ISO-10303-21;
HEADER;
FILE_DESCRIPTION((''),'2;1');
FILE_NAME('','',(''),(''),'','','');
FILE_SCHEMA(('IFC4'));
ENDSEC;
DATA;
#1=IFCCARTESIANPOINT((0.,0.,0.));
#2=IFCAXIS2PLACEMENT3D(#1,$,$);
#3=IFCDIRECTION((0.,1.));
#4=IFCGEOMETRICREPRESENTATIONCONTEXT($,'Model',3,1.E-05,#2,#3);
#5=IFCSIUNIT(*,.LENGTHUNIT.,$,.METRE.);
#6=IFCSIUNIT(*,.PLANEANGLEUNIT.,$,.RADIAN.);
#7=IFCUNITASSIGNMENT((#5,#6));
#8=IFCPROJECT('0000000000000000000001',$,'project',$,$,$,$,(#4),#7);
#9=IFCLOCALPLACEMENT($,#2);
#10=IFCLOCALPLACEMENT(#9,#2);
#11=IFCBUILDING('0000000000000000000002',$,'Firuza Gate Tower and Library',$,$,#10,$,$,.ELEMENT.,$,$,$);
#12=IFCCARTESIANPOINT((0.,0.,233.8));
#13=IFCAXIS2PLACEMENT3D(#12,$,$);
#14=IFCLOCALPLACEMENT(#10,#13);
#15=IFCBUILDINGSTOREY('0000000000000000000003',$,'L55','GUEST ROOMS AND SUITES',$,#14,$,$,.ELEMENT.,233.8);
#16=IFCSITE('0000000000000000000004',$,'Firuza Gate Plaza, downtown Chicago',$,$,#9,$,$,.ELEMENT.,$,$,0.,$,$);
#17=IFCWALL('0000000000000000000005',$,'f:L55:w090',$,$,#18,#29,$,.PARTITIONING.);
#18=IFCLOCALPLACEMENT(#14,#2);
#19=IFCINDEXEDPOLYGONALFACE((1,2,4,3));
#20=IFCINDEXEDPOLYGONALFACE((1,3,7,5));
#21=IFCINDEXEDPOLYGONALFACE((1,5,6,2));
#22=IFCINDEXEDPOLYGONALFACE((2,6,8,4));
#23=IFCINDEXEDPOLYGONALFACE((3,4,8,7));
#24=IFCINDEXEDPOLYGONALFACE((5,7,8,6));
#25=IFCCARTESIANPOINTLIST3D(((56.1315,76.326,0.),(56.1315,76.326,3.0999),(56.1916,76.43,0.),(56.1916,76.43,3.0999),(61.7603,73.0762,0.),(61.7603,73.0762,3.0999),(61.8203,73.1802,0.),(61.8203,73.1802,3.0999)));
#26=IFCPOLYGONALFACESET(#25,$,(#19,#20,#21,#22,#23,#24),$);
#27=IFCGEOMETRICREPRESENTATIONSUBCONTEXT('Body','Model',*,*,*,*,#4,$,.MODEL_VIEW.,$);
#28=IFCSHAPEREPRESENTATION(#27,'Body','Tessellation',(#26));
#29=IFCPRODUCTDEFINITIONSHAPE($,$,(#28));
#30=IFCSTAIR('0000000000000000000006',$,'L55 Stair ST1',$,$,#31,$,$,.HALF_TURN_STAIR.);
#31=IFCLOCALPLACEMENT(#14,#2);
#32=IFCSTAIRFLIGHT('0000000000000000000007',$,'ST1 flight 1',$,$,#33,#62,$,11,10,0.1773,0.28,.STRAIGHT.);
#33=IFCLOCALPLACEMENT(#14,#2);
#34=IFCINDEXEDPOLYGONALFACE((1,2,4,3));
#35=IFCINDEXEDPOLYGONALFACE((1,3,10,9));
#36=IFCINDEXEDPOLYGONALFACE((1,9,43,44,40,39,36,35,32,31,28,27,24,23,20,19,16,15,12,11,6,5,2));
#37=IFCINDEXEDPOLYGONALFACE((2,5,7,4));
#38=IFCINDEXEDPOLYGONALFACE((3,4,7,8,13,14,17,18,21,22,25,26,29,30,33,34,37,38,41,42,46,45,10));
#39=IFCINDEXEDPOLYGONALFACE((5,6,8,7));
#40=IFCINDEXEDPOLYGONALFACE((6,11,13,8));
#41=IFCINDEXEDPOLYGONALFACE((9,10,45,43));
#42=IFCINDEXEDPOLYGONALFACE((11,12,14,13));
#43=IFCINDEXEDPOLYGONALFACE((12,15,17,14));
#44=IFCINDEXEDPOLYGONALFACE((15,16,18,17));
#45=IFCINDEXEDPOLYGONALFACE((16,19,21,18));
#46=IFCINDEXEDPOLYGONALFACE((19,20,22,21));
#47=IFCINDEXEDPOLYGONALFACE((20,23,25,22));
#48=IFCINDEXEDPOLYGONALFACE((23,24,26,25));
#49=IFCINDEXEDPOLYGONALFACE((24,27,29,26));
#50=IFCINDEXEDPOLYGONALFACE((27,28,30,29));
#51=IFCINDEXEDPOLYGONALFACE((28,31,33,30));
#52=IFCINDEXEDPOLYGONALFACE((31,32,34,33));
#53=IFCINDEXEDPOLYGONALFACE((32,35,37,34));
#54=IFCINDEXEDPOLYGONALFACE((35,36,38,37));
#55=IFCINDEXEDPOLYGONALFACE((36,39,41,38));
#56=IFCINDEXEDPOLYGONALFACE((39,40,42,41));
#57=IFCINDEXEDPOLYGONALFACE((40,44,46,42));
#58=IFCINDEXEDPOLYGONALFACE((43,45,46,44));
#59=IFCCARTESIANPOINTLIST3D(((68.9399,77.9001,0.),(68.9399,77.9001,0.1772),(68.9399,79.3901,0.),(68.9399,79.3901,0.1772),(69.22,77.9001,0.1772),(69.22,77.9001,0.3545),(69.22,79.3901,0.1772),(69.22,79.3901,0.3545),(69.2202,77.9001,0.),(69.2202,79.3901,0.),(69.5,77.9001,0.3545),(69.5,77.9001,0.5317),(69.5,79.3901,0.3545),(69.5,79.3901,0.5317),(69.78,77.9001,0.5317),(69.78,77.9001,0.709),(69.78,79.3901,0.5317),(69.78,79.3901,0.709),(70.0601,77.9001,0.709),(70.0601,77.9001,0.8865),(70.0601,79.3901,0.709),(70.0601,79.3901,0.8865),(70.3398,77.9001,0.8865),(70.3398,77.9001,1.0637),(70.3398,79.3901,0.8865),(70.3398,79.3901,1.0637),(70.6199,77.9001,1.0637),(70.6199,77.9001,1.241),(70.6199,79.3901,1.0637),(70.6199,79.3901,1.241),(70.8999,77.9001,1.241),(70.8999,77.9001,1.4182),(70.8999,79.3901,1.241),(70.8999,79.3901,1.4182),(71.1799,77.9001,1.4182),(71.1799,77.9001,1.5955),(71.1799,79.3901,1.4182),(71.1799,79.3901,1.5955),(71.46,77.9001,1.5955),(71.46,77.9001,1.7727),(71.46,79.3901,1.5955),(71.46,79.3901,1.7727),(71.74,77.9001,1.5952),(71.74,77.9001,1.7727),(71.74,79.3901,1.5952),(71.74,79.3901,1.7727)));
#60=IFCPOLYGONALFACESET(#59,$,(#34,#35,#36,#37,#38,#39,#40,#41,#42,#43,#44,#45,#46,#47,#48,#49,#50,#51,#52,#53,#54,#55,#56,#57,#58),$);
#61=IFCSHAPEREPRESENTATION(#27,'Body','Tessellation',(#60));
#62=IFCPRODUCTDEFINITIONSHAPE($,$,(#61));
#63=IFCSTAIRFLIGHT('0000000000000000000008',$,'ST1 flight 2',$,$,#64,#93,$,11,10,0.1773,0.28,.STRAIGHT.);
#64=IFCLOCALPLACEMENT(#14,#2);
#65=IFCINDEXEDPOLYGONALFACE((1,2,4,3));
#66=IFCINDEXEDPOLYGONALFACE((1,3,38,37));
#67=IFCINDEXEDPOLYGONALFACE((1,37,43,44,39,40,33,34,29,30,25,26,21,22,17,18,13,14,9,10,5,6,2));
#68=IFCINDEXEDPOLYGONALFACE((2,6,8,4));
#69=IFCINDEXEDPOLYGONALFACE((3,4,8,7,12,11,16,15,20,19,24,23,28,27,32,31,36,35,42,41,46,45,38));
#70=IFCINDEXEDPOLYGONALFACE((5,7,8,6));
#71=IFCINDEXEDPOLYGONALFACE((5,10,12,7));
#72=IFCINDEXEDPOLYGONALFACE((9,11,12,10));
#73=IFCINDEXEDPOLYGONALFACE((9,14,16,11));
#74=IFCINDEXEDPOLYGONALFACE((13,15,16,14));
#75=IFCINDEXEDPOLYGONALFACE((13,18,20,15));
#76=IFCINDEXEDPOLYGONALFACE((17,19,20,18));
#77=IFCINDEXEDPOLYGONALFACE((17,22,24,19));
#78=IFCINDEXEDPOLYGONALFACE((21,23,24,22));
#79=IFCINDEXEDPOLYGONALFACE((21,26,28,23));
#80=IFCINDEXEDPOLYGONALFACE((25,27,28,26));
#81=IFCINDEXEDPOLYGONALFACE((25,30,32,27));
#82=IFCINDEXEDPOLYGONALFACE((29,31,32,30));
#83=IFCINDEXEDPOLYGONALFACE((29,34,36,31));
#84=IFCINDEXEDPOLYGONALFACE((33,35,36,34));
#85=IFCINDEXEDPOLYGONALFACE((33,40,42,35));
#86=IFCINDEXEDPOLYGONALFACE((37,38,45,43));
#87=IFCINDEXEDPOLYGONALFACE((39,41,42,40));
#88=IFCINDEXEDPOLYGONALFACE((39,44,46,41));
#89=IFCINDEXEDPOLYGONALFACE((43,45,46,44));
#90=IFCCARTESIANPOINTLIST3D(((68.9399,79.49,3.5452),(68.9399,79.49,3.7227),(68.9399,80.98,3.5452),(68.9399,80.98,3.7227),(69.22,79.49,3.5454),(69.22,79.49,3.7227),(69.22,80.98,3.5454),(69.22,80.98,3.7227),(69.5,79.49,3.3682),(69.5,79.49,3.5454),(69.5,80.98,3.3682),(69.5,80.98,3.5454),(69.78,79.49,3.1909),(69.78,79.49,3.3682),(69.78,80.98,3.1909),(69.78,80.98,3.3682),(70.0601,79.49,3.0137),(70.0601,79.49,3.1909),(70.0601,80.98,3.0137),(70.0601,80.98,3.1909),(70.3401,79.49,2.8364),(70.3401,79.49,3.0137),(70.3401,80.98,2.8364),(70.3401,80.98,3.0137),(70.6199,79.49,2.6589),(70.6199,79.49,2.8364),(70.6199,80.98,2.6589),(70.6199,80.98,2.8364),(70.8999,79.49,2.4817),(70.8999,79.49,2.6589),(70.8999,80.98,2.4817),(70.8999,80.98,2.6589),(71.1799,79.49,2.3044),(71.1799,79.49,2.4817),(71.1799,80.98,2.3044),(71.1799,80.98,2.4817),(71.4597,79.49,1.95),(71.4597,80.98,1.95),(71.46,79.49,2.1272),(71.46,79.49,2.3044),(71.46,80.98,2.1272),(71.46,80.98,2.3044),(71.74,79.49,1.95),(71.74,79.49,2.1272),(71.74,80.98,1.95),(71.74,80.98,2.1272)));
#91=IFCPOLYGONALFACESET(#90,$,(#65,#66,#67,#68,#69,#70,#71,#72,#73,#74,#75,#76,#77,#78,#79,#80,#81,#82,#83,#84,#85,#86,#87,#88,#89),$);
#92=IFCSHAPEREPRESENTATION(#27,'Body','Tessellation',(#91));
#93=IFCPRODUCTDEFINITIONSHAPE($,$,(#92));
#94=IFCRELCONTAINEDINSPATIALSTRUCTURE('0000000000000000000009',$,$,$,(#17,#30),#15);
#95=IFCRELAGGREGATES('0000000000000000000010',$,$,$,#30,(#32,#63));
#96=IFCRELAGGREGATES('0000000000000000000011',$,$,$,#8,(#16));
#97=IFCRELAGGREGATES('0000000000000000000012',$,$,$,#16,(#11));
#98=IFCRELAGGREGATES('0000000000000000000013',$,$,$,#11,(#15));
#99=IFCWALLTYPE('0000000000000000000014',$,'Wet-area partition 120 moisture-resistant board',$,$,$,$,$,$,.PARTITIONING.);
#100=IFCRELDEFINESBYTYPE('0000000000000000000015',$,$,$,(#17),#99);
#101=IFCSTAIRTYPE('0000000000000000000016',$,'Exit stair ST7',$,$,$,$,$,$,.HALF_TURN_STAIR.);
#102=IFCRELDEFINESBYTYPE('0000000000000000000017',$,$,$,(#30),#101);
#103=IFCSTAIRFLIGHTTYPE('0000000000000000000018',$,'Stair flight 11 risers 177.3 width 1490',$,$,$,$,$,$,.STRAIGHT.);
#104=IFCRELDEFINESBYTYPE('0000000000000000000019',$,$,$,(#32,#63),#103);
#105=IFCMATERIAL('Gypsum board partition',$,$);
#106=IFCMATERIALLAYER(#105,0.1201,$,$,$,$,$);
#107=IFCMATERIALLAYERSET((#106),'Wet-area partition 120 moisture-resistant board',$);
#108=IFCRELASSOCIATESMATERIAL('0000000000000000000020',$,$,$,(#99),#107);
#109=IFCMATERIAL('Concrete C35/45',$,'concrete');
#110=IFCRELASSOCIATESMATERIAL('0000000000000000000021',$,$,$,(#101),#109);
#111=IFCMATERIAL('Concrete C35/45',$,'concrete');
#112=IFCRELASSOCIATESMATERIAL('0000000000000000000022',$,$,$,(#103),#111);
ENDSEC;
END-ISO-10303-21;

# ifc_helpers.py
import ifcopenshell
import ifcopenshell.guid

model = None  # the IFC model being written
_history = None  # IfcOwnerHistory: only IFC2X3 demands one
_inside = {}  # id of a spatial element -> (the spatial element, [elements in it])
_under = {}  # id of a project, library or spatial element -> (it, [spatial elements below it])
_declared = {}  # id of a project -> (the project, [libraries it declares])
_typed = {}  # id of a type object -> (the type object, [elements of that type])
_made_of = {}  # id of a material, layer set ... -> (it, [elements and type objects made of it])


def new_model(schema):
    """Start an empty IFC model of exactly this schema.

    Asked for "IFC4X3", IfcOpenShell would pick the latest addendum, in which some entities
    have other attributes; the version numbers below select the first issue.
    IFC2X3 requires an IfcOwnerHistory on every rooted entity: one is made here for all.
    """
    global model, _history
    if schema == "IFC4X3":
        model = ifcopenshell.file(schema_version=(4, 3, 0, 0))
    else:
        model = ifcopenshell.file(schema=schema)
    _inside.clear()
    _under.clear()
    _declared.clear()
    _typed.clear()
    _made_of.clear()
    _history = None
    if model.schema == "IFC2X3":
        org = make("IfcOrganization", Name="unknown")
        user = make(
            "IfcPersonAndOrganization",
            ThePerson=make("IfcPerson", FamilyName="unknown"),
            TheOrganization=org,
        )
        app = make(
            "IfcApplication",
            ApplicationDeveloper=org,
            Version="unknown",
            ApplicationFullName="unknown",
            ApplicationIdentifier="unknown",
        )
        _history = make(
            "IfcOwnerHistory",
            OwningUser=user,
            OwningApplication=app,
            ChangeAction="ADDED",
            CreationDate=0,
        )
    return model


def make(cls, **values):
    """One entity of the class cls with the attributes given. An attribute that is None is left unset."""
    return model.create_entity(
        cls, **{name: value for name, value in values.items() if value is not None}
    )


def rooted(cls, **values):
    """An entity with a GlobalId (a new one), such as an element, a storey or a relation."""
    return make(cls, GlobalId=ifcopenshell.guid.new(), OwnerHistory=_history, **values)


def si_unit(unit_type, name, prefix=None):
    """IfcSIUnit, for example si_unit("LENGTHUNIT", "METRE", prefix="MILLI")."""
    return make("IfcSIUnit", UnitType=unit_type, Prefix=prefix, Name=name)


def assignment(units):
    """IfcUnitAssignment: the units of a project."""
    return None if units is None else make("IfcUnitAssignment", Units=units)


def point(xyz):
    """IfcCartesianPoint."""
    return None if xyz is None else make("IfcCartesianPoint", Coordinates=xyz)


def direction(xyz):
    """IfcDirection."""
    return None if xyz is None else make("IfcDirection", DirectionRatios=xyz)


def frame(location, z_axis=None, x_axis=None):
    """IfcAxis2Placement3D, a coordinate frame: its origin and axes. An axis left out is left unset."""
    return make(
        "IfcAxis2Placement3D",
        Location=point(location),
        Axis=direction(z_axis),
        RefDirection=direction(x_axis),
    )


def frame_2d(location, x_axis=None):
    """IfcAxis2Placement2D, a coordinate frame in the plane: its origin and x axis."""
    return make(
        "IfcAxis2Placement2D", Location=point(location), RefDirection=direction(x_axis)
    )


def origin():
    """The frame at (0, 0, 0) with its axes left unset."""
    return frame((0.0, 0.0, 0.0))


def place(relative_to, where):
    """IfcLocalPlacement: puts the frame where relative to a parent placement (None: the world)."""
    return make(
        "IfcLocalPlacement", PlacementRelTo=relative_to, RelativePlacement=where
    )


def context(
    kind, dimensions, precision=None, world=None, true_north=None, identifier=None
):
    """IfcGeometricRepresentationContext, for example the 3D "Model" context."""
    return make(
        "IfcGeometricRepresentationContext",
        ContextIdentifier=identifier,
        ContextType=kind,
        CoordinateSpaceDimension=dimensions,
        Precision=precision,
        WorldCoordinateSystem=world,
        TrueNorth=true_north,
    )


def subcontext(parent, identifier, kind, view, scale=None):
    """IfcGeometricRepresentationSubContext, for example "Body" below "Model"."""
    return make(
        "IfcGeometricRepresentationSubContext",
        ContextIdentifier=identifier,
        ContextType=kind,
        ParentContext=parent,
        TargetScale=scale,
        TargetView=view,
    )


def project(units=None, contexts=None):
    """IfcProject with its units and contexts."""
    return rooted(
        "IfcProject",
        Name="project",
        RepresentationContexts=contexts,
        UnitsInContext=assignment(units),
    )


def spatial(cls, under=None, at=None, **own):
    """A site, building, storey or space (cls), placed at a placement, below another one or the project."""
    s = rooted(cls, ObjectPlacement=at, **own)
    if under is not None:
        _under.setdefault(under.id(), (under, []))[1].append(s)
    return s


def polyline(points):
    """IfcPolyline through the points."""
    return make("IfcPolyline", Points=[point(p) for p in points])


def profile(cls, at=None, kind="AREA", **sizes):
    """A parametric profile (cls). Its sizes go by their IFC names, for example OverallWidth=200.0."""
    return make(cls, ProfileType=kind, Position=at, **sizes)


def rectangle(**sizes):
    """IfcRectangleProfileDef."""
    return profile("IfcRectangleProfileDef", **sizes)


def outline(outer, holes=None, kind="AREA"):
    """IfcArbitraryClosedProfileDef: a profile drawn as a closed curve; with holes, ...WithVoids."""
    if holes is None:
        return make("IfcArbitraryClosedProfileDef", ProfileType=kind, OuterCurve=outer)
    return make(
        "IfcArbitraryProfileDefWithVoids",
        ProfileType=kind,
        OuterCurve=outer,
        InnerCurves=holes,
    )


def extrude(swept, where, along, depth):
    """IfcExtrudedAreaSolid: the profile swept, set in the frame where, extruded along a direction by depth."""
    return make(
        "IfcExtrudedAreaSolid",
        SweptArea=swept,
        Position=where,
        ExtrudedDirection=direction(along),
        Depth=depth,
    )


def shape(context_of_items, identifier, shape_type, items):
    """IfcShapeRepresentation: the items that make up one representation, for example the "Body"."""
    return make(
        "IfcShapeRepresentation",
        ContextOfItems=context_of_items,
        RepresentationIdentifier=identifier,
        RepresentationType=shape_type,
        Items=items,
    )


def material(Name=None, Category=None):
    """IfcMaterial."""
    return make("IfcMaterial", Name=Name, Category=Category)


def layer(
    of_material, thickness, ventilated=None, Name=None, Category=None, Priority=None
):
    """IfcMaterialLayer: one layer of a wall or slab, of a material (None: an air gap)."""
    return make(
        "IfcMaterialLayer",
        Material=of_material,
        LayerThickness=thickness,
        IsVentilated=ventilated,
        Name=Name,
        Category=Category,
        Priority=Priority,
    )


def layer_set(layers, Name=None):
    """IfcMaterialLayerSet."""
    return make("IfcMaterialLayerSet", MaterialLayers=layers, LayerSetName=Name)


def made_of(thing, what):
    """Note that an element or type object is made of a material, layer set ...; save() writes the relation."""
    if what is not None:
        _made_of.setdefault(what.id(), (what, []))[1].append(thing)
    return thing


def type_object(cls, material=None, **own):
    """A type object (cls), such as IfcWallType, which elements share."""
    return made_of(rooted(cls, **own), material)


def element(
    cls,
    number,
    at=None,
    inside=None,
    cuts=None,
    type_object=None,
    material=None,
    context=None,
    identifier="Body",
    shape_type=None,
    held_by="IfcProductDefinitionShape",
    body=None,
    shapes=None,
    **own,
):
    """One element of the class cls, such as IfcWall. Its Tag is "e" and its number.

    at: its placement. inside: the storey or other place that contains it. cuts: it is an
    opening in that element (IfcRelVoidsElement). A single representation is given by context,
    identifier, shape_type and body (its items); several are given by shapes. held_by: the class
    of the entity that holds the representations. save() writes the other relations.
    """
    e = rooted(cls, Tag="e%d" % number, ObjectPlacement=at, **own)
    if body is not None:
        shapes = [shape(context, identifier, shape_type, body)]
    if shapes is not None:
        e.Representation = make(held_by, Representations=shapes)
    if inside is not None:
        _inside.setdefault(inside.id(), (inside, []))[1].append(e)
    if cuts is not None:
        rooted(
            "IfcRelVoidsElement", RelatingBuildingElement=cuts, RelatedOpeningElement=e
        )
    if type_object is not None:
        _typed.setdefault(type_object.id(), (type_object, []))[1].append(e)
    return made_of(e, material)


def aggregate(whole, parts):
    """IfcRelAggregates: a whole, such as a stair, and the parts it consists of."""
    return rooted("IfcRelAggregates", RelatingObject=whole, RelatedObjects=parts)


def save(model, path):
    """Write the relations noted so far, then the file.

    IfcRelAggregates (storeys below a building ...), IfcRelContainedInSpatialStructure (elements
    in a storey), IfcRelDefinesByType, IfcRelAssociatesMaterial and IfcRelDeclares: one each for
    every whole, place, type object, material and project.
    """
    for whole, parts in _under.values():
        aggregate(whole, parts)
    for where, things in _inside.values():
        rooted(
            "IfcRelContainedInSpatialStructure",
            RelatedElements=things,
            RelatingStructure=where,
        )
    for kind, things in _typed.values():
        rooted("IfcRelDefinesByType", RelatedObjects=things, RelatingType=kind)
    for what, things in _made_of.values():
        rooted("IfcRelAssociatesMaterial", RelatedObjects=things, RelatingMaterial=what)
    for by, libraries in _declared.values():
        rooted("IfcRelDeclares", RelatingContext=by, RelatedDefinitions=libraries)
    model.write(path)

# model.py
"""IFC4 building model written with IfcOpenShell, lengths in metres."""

from ifc_helpers import new_model, si_unit, direction, frame, frame_2d, origin, place, context, subcontext, project, spatial, polyline, rectangle, outline, extrude, material, layer, layer_set, type_object, element, aggregate, save


model = new_model("IFC4")

# Units and contexts
model_context = context("Model", 3, precision=1e-05, world=origin(), true_north=direction((0.0, 1.0)))
body_context = subcontext(model_context, "Body", "Model", "MODEL_VIEW")
ifc_project = project(units=[si_unit("LENGTHUNIT", "METRE"), si_unit("PLANEANGLEUNIT", "RADIAN")], contexts=[model_context])

# Site, building, storey
site_placement = place(None, origin())
site = spatial("IfcSite", under=ifc_project, at=site_placement, Name="Firuza Gate Plaza, downtown Chicago", CompositionType="ELEMENT", RefElevation=0.0)
building_placement = place(site_placement, origin())
building = spatial("IfcBuilding", under=site, at=building_placement, Name="Firuza Gate Tower and Library", CompositionType="ELEMENT")
storey_placement = place(building_placement, frame((0.0, 0.0, 233.8)))
storey = spatial("IfcBuildingStorey", under=building, at=storey_placement, Name="L55", Description="GUEST ROOMS AND SUITES", CompositionType="ELEMENT", Elevation=233.8)

# Wall
ifc_material_1 = material(Name="Gypsum board partition")
ifc_layer_1 = layer(ifc_material_1, 0.1201)
ifc_layer_set_1 = layer_set([ifc_layer_1], Name="Wet-area partition 120 moisture-resistant board")
wall_type_1 = type_object("IfcWallType", Name="Wet-area partition 120 moisture-resistant board", PredefinedType="PARTITIONING", material=ifc_layer_set_1)
wall_1_placement = place(storey_placement, frame((61.7903, 73.1282, 0.0), z_axis=(0.0, 0.0, 1.0), x_axis=(-0.866022, 0.500005, 0.0)))
element("IfcWall", 1, at=wall_1_placement, inside=storey, type_object=wall_type_1, Name="f:L55:w090", PredefinedType="PARTITIONING", context=body_context, shape_type="SweptSolid", body=[
    extrude(rectangle(XDim=6.4995, YDim=0.1201, at=frame_2d((3.2498, 0.0))), origin(), (0.0, 0.0, 1.0), 3.0999),
])

# Stair, stair flights
ifc_material_2 = material(Name="Concrete C35/45", Category="concrete")
stair_type = type_object("IfcStairType", Name="Exit stair ST7", PredefinedType="HALF_TURN_STAIR", material=ifc_material_2)
stair_placement = place(storey_placement, origin())
stair = element("IfcStair", 2, at=stair_placement, inside=storey, type_object=stair_type, Name="L55 Stair ST1", PredefinedType="HALF_TURN_STAIR")
ifc_material_3 = material(Name="Concrete C35/45", Category="concrete")
stair_flight_type = type_object("IfcStairFlightType", Name="Stair flight 11 risers 177.3 width 1490", PredefinedType="STRAIGHT", material=ifc_material_3)
stair_flight_1_placement = place(storey_placement, frame((68.9399, 78.645, 0.0), z_axis=(0.0, 0.0, 1.0), x_axis=(1.0, 0.0, 0.0)))
stair_flight_1 = element("IfcStairFlight", 3, at=stair_flight_1_placement, type_object=stair_flight_type, Name="ST1 flight 1", NumberOfRisers=11, NumberOfTreads=10, PredefinedType="STRAIGHT", RiserHeight=0.1773, TreadLength=0.28, context=body_context, shape_type="SweptSolid", body=[
    extrude(outline(polyline([(0.0, 0.0), (0.0, 0.1772), (0.28, 0.1772), (0.28, 0.3545), (0.5601, 0.3545), (0.5601, 0.5317), (0.8401, 0.5317), (0.8401, 0.709), (1.1201, 0.709), (1.1201, 0.8865), (1.3999, 0.8865), (1.3999, 1.0637), (1.6799, 1.0637), (1.6799, 1.241), (1.96, 1.241), (1.96, 1.4182), (2.24, 1.4182), (2.24, 1.5955), (2.52, 1.5955), (2.52, 1.7727), (2.8, 1.7727), (2.8, 1.95), (2.8, 1.5952), (0.2803, 0.0), (0.0, 0.0)])), frame((0.0, 0.7451, 0.0), z_axis=(0.0, -1.0, 0.0), x_axis=(1.0, 0.0, 0.0)), (0.0, 0.0, 1.0), 1.49),
])
stair_flight_2_placement = place(storey_placement, frame((71.74, 80.2351, 1.95), z_axis=(0.0, 0.0, 1.0), x_axis=(-1.0, 0.0, 0.0)))
stair_flight_2 = element("IfcStairFlight", 4, at=stair_flight_2_placement, type_object=stair_flight_type, Name="ST1 flight 2", NumberOfRisers=11, NumberOfTreads=10, PredefinedType="STRAIGHT", RiserHeight=0.1773, TreadLength=0.28, context=body_context, shape_type="SweptSolid", body=[
    extrude(outline(polyline([(0.0, 0.0), (0.0, 0.1772), (0.28, 0.1772), (0.28, 0.3545), (0.5601, 0.3545), (0.5601, 0.5317), (0.8401, 0.5317), (0.8401, 0.709), (1.1201, 0.709), (1.1201, 0.8865), (1.3999, 0.8865), (1.3999, 1.0637), (1.6799, 1.0637), (1.6799, 1.241), (1.96, 1.241), (1.96, 1.4182), (2.24, 1.4182), (2.24, 1.5955), (2.52, 1.5955), (2.52, 1.7727), (2.8, 1.7727), (2.8, 1.95), (2.8, 1.5952), (0.2803, 0.0), (0.0, 0.0)])), frame((0.0, 0.7451, 0.0), z_axis=(0.0, -1.0, 0.0), x_axis=(1.0, 0.0, 0.0)), (0.0, 0.0, 1.0), 1.49),
])
aggregate(stair, [stair_flight_1, stair_flight_2])

save(model, "model.ifc")
